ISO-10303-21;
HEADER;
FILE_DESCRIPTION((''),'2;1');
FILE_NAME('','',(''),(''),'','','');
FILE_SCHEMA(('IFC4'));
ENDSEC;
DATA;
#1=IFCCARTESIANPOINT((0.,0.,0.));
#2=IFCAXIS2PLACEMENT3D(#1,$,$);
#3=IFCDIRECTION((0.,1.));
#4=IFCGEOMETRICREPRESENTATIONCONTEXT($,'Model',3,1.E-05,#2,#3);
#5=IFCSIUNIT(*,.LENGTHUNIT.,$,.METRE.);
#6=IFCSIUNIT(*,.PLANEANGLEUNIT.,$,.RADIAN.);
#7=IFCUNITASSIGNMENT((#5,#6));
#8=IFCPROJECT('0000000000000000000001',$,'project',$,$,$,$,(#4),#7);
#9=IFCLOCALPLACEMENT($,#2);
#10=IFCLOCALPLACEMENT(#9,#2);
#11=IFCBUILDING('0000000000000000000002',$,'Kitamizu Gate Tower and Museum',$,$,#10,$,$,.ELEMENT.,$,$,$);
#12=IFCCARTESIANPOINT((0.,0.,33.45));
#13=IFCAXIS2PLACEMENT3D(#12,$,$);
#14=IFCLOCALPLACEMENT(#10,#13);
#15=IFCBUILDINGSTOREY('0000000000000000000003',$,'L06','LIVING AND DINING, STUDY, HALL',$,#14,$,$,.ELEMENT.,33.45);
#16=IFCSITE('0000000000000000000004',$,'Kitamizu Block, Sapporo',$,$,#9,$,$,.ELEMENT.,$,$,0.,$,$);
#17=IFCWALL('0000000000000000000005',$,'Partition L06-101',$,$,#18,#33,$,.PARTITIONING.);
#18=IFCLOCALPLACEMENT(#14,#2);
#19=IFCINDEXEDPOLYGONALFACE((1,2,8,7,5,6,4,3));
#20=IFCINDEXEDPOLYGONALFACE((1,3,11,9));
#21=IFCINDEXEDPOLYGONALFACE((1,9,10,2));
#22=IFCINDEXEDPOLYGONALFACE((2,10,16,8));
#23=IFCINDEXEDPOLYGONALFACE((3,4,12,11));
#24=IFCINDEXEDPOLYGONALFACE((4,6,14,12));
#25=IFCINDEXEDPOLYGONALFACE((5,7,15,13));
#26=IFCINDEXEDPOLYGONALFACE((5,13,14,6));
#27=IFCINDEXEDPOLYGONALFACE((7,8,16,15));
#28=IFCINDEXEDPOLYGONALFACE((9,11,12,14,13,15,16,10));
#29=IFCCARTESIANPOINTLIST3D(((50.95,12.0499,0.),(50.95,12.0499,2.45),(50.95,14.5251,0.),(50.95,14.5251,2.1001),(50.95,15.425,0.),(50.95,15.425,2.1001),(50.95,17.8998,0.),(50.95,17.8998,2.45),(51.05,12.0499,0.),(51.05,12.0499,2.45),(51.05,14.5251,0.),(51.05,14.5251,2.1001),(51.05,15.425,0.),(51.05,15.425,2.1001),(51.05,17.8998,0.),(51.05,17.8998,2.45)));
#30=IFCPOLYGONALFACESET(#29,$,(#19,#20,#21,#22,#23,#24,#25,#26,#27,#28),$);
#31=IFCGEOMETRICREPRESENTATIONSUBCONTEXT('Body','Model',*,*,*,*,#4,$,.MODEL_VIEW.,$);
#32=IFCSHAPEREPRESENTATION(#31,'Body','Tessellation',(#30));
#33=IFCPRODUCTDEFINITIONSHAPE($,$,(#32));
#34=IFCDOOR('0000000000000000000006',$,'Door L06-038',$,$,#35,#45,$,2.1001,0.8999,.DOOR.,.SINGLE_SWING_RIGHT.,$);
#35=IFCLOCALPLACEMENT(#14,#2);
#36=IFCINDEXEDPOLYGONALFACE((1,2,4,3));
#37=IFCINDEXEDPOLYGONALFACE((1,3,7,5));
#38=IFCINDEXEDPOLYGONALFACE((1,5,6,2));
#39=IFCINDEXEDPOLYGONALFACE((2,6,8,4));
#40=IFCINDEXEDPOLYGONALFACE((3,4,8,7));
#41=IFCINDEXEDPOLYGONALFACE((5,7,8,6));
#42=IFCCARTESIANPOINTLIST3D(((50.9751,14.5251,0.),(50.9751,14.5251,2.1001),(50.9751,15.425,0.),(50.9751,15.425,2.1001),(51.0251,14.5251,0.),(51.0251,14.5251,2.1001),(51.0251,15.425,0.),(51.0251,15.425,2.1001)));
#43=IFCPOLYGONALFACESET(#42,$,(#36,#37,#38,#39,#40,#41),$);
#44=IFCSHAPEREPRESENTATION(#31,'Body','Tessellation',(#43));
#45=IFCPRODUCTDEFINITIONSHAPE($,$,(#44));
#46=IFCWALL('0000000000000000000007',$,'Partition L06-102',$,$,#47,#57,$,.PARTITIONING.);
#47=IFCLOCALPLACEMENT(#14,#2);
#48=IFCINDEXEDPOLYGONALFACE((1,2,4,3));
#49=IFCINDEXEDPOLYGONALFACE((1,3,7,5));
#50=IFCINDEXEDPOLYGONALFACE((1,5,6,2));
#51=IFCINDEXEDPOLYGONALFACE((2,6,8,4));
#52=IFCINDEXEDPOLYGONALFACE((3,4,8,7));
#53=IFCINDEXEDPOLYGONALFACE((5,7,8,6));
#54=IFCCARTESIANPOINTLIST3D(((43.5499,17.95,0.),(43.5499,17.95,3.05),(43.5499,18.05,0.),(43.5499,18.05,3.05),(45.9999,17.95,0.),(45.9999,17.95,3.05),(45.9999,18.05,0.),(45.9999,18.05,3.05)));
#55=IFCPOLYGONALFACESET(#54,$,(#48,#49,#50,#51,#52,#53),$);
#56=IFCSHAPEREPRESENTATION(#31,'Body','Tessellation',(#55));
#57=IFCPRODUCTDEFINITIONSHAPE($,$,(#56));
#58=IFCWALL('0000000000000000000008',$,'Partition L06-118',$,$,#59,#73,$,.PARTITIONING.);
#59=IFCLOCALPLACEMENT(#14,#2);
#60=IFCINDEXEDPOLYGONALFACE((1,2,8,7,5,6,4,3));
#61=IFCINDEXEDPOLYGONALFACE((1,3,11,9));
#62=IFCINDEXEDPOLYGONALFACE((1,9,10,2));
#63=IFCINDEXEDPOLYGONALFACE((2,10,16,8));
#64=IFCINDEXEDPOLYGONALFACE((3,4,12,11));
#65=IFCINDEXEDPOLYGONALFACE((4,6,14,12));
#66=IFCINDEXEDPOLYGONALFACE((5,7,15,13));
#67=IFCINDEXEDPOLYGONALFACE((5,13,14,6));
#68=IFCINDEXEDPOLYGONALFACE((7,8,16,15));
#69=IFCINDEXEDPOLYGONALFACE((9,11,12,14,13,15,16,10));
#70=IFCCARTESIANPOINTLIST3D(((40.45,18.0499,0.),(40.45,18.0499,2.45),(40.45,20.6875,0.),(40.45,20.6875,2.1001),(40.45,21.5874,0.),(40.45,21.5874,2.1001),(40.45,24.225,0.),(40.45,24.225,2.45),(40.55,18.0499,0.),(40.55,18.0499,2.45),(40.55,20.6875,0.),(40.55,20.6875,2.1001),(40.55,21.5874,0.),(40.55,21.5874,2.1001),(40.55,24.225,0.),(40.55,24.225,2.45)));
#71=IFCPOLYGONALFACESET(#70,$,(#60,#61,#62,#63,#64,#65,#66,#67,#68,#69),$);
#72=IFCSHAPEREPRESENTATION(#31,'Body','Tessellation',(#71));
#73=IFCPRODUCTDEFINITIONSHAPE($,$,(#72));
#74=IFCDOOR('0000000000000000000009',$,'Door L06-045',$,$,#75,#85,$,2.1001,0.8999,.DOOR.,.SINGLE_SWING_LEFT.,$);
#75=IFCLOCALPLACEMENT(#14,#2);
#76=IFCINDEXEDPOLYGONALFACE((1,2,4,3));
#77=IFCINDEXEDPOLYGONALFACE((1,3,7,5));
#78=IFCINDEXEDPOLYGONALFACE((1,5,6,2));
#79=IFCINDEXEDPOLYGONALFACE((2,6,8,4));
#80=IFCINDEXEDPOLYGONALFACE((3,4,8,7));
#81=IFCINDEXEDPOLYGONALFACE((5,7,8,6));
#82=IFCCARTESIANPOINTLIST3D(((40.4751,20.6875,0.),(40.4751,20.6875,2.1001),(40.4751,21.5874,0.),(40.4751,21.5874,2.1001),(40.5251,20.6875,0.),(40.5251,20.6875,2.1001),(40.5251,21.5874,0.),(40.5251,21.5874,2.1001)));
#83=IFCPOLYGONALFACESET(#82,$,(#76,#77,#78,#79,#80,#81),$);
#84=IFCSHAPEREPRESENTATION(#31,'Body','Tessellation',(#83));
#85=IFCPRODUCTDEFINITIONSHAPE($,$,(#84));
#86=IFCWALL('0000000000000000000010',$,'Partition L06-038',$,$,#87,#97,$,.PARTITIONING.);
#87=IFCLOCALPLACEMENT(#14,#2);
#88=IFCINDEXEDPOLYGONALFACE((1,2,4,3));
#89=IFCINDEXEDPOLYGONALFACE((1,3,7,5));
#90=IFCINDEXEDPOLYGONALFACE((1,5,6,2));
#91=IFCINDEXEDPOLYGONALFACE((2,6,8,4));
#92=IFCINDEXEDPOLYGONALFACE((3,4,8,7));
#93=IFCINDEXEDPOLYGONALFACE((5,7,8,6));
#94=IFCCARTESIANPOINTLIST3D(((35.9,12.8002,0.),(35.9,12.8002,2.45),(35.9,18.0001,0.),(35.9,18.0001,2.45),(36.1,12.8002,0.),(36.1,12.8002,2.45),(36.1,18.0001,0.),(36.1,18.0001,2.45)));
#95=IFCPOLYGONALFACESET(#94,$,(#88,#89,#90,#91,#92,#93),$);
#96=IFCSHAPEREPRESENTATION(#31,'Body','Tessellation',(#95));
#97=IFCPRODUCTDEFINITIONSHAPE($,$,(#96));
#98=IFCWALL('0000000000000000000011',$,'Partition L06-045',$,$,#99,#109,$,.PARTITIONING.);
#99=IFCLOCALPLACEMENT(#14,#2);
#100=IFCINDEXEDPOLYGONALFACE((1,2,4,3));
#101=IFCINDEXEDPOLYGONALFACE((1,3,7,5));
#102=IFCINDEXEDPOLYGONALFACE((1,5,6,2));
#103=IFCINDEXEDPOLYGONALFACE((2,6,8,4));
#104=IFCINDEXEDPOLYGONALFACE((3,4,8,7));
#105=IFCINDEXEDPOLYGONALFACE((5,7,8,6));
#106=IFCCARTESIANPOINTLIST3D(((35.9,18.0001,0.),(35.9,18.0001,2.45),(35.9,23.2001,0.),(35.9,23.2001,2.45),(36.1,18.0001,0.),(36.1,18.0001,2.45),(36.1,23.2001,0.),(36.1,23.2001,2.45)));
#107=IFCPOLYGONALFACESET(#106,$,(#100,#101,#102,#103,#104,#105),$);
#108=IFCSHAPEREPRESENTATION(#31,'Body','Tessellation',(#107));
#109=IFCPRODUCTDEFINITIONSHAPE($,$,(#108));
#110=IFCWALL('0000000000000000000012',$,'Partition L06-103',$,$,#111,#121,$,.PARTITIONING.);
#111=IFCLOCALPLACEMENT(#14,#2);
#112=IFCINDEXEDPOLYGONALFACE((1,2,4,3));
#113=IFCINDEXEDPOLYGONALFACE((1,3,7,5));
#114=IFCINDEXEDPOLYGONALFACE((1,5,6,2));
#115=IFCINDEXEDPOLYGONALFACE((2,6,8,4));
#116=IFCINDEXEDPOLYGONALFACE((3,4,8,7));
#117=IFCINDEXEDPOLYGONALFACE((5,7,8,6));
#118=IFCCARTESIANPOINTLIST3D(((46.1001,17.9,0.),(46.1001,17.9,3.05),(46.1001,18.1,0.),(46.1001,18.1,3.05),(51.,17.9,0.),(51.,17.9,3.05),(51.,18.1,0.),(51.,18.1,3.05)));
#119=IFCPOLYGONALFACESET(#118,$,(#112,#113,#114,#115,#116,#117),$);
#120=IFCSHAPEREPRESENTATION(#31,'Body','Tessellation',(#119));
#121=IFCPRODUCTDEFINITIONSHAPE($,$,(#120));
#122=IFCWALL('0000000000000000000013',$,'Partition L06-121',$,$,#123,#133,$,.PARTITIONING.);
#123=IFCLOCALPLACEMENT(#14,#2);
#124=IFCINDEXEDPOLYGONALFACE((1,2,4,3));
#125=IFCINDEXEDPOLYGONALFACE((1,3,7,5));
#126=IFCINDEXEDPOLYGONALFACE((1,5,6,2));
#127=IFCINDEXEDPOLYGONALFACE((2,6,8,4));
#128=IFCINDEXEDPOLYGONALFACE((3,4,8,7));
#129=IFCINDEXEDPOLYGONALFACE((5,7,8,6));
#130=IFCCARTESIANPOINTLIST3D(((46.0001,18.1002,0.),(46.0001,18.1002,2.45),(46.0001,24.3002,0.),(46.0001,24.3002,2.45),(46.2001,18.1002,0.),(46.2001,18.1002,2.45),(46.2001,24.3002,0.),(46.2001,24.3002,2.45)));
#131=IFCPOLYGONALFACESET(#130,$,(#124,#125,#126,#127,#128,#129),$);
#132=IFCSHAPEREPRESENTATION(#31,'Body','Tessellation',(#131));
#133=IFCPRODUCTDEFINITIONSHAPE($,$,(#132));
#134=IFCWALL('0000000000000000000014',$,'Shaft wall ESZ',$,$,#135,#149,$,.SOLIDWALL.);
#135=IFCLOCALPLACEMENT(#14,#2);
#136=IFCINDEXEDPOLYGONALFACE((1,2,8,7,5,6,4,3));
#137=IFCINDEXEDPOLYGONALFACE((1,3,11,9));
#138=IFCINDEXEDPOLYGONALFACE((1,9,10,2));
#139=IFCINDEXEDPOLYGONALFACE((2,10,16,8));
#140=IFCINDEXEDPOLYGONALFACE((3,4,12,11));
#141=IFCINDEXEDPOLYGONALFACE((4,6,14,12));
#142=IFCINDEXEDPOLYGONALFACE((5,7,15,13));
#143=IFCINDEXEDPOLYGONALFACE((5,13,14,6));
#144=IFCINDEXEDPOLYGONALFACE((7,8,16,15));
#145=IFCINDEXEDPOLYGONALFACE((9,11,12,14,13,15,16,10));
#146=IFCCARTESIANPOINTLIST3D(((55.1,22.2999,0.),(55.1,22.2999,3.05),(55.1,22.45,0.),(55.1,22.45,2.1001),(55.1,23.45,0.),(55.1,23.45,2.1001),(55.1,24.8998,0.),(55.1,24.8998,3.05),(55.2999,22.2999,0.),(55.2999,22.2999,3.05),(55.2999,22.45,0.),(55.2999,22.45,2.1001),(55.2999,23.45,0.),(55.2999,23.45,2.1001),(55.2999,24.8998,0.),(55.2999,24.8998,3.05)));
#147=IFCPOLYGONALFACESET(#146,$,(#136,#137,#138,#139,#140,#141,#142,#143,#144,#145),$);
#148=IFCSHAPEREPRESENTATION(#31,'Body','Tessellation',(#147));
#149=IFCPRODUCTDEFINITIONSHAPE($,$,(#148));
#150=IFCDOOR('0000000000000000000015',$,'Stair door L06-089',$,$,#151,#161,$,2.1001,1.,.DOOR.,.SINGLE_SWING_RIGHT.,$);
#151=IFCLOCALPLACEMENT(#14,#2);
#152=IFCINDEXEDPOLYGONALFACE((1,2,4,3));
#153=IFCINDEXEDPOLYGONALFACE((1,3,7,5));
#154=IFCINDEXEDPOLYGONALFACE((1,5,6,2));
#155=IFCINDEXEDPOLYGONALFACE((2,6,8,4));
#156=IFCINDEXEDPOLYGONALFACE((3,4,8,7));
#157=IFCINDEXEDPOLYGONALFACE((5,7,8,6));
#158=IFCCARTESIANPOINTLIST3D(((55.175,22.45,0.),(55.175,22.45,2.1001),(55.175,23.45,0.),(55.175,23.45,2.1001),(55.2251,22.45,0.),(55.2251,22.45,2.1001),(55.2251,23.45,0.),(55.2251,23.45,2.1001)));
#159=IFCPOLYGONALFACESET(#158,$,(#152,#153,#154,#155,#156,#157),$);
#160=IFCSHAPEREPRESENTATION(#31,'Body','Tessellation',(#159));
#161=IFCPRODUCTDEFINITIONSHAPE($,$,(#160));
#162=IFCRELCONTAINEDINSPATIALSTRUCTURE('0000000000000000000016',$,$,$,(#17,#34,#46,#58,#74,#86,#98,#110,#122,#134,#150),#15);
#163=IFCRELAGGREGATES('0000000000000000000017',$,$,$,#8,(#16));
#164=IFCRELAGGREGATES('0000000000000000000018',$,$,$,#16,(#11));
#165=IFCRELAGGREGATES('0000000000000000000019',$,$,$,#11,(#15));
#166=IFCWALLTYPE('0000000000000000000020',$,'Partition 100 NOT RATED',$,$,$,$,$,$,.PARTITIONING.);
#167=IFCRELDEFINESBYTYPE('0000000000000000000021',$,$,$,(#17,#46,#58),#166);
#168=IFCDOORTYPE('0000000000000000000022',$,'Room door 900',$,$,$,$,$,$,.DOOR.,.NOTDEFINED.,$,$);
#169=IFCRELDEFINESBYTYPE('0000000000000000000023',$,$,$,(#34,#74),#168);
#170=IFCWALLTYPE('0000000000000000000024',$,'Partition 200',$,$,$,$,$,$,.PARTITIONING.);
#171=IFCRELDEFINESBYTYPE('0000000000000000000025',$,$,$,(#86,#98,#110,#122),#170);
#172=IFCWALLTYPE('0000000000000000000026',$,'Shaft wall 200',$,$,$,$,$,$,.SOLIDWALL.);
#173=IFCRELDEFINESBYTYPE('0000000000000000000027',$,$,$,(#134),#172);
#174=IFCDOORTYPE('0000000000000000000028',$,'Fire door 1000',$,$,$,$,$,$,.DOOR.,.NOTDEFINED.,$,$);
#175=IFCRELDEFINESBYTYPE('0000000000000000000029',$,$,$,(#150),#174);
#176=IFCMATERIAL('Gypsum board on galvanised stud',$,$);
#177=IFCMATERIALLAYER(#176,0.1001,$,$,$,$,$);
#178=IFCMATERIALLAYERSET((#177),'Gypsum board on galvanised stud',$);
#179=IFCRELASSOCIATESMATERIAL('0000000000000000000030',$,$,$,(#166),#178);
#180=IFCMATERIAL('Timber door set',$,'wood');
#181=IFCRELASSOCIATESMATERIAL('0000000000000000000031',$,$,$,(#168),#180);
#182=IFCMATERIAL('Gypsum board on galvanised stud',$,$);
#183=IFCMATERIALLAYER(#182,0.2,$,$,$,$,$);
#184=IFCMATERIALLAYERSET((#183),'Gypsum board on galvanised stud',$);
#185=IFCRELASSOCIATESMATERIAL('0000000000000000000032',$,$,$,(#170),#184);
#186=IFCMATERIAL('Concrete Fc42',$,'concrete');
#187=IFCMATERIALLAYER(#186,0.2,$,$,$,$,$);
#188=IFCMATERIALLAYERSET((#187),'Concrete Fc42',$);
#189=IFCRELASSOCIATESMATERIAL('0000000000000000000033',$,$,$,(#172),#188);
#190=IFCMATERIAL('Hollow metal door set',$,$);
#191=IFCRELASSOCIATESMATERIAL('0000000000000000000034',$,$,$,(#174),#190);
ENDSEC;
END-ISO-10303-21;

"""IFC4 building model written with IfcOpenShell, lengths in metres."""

from ifc_helpers import new_model, si_unit, direction, frame, frame_2d, origin, place, context, subcontext, project, spatial, rectangle, extrude, material, layer, layer_set, type_object, element, fill, save


model = new_model("IFC4")

# Units and contexts
model_context = context("Model", 3, precision=1e-05, world=origin(), true_north=direction((0.0, 1.0)))
body_context = subcontext(model_context, "Body", "Model", "MODEL_VIEW")
ifc_project = project(units=[si_unit("LENGTHUNIT", "METRE"), si_unit("PLANEANGLEUNIT", "RADIAN")], contexts=[model_context])

# Site, building, storey
site_placement = place(None, origin())
site = spatial("IfcSite", under=ifc_project, at=site_placement, Name="Kitamizu Block, Sapporo", CompositionType="ELEMENT", RefElevation=0.0)
building_placement = place(site_placement, origin())
building = spatial("IfcBuilding", under=site, at=building_placement, Name="Kitamizu Gate Tower and Museum", CompositionType="ELEMENT")
storey_placement = place(building_placement, frame((0.0, 0.0, 33.45)))
storey = spatial("IfcBuildingStorey", under=building, at=storey_placement, Name="L06", Description="LIVING AND DINING, STUDY, HALL", CompositionType="ELEMENT", Elevation=33.45)

# Shared definitions
ifc_material_1 = material(Name="Gypsum board on galvanised stud")
ifc_layer_1 = layer(ifc_material_1, 0.1001)
ifc_layer_set_1 = layer_set([ifc_layer_1], Name="Gypsum board on galvanised stud")
wall_type_1 = type_object("IfcWallType", Name="Partition 100 NOT RATED", PredefinedType="PARTITIONING", material=ifc_layer_set_1)

# Shared definitions
ifc_material_2 = material(Name="Timber door set", Category="wood")
door_type_1 = type_object("IfcDoorType", Name="Room door 900", OperationType="NOTDEFINED", PredefinedType="DOOR", material=ifc_material_2)

# Wall, opening, door
wall_1_placement = place(storey_placement, frame((51.0, 12.05, 0.0), z_axis=(0.0, 0.0, 1.0), x_axis=(0.0, 1.0, 0.0)))
wall_1 = element("IfcWall", 1, at=wall_1_placement, inside=storey, type_object=wall_type_1, Name="Partition L06-101", PredefinedType="PARTITIONING", context=body_context, shape_type="SweptSolid", body=[
    extrude(rectangle(XDim=5.8499, YDim=0.1001, at=frame_2d((2.9248, 0.0))), origin(), (0.0, 0.0, 1.0), 2.45),
])
opening_1_placement = place(wall_1_placement, frame((2.4751, 0.0, 0.0)))
opening_1 = element("IfcOpeningElement", 2, at=opening_1_placement, cuts=wall_1, PredefinedType="OPENING", context=body_context, shape_type="SweptSolid", body=[
    extrude(rectangle(XDim=0.8999, YDim=2.1001, at=frame_2d((0.45, 1.05))), frame((0.0, 0.0601, 0.0), z_axis=(0.0, -1.0, 0.0), x_axis=(1.0, 0.0, 0.0)), (0.0, 0.0, 1.0), 0.1201),
])
door_1_placement = place(opening_1_placement, origin())
door_1 = element("IfcDoor", 3, at=door_1_placement, inside=storey, type_object=door_type_1, Name="Door L06-038", OperationType="SINGLE_SWING_RIGHT", OverallHeight=2.1001, OverallWidth=0.8999, PredefinedType="DOOR", context=body_context, shape_type="SweptSolid", body=[
    extrude(rectangle(XDim=0.8999, YDim=2.1001, at=frame_2d((0.45, 1.05))), frame((0.0, 0.0249, 0.0), z_axis=(0.0, -1.0, 0.0), x_axis=(1.0, 0.0, 0.0)), (0.0, 0.0, 1.0), 0.05),
])
fill(opening_1, door_1)

# Wall
wall_2_placement = place(storey_placement, frame((46.0, 18.0, 0.0), z_axis=(0.0, 0.0, 1.0), x_axis=(-1.0, 0.0, 0.0)))
element("IfcWall", 4, at=wall_2_placement, inside=storey, type_object=wall_type_1, Name="Partition L06-102", PredefinedType="PARTITIONING", context=body_context, shape_type="SweptSolid", body=[
    extrude(rectangle(XDim=2.45, YDim=0.1001, at=frame_2d((1.2251, 0.0))), origin(), (0.0, 0.0, 1.0), 3.05),
])

# Wall, opening, door
wall_3_placement = place(storey_placement, frame((40.5, 18.05, 0.0), z_axis=(0.0, 0.0, 1.0), x_axis=(0.0, 1.0, 0.0)))
wall_3 = element("IfcWall", 5, at=wall_3_placement, inside=storey, type_object=wall_type_1, Name="Partition L06-118", PredefinedType="PARTITIONING", context=body_context, shape_type="SweptSolid", body=[
    extrude(rectangle(XDim=6.175, YDim=0.1001, at=frame_2d((3.0874, 0.0))), origin(), (0.0, 0.0, 1.0), 2.45),
])
opening_2_placement = place(wall_3_placement, frame((2.6375, 0.0, 0.0)))
opening_2 = element("IfcOpeningElement", 6, at=opening_2_placement, cuts=wall_3, PredefinedType="OPENING", context=body_context, shape_type="SweptSolid", body=[
    extrude(rectangle(XDim=0.8999, YDim=2.1001, at=frame_2d((0.45, 1.05))), frame((0.0, 0.0601, 0.0), z_axis=(0.0, -1.0, 0.0), x_axis=(1.0, 0.0, 0.0)), (0.0, 0.0, 1.0), 0.1201),
])
door_2_placement = place(opening_2_placement, origin())
door_2 = element("IfcDoor", 7, at=door_2_placement, inside=storey, type_object=door_type_1, Name="Door L06-045", OperationType="SINGLE_SWING_LEFT", OverallHeight=2.1001, OverallWidth=0.8999, PredefinedType="DOOR", context=body_context, shape_type="SweptSolid", body=[
    extrude(rectangle(XDim=0.8999, YDim=2.1001, at=frame_2d((0.45, 1.05))), frame((0.0, 0.0249, 0.0), z_axis=(0.0, -1.0, 0.0), x_axis=(1.0, 0.0, 0.0)), (0.0, 0.0, 1.0), 0.05),
])
fill(opening_2, door_2)

# Walls
ifc_material_3 = material(Name="Gypsum board on galvanised stud")
ifc_layer_2 = layer(ifc_material_3, 0.2)
ifc_layer_set_2 = layer_set([ifc_layer_2], Name="Gypsum board on galvanised stud")
wall_type_2 = type_object("IfcWallType", Name="Partition 200", PredefinedType="PARTITIONING", material=ifc_layer_set_2)
for number, where, z_axis, x_axis, name in (
    (8, (36.0, 12.8, 0.0), (0.0, 0.0, 1.0), (0.0, 1.0, 0.0), "Partition L06-038"),
    (9, (36.0, 18.0, 0.0), (0.0, 0.0, 1.0), (0.0, 1.0, 0.0), "Partition L06-045"),
):
    element("IfcWall", number, at=place(storey_placement, frame(where, z_axis=z_axis, x_axis=x_axis)), inside=storey, type_object=wall_type_2, Name=name, PredefinedType="PARTITIONING", context=body_context, shape_type="SweptSolid", body=[
        extrude(rectangle(XDim=5.2, YDim=0.2, at=frame_2d((2.6001, 0.0))), origin(), (0.0, 0.0, 1.0), 2.45),
    ])
wall_4_placement = place(storey_placement, frame((51.0, 18.0, 0.0), z_axis=(0.0, 0.0, 1.0), x_axis=(-1.0, 0.0, 0.0)))
element("IfcWall", 10, at=wall_4_placement, inside=storey, type_object=wall_type_2, Name="Partition L06-103", PredefinedType="PARTITIONING", context=body_context, shape_type="SweptSolid", body=[
    extrude(rectangle(XDim=4.8999, YDim=0.2, at=frame_2d((2.45, 0.0))), origin(), (0.0, 0.0, 1.0), 3.05),
])
wall_5_placement = place(storey_placement, frame((46.1001, 18.1001, 0.0), z_axis=(0.0, 0.0, 1.0), x_axis=(0.0, 1.0, 0.0)))
element("IfcWall", 11, at=wall_5_placement, inside=storey, type_object=wall_type_2, Name="Partition L06-121", PredefinedType="PARTITIONING", context=body_context, shape_type="SweptSolid", body=[
    extrude(rectangle(XDim=6.2, YDim=0.2, at=frame_2d((3.1001, 0.0))), origin(), (0.0, 0.0, 1.0), 2.45),
])

# Wall, opening, door
ifc_material_4 = material(Name="Concrete Fc42", Category="concrete")
ifc_layer_3 = layer(ifc_material_4, 0.2)
ifc_layer_set_3 = layer_set([ifc_layer_3], Name="Concrete Fc42")
wall_type_3 = type_object("IfcWallType", Name="Shaft wall 200", PredefinedType="SOLIDWALL", material=ifc_layer_set_3)
wall_6_placement = place(storey_placement, frame((55.2, 22.3, 0.0), z_axis=(0.0, 0.0, 1.0), x_axis=(0.0, 1.0, 0.0)))
wall_6 = element("IfcWall", 12, at=wall_6_placement, inside=storey, type_object=wall_type_3, Name="Shaft wall ESZ", PredefinedType="SOLIDWALL", context=body_context, shape_type="SweptSolid", body=[
    extrude(rectangle(XDim=2.5999, YDim=0.2, at=frame_2d((1.2998, 0.0))), origin(), (0.0, 0.0, 1.0), 3.05),
])
opening_3_placement = place(wall_6_placement, frame((0.1499, 0.0, 0.0)))
opening_3 = element("IfcOpeningElement", 13, at=opening_3_placement, cuts=wall_6, PredefinedType="OPENING", context=body_context, shape_type="SweptSolid", body=[
    extrude(rectangle(XDim=1.0, YDim=2.1001, at=frame_2d((0.5, 1.05))), frame((0.0, 0.1099, 0.0), z_axis=(0.0, -1.0, 0.0), x_axis=(1.0, 0.0, 0.0)), (0.0, 0.0, 1.0), 0.22),
])
ifc_material_5 = material(Name="Hollow metal door set")
door_type_2 = type_object("IfcDoorType", Name="Fire door 1000", OperationType="NOTDEFINED", PredefinedType="DOOR", material=ifc_material_5)
door_3_placement = place(opening_3_placement, origin())
door_3 = element("IfcDoor", 14, at=door_3_placement, inside=storey, type_object=door_type_2, Name="Stair door L06-089", OperationType="SINGLE_SWING_RIGHT", OverallHeight=2.1001, OverallWidth=1.0, PredefinedType="DOOR", context=body_context, shape_type="SweptSolid", body=[
    extrude(rectangle(XDim=1.0, YDim=2.1001, at=frame_2d((0.5, 1.05))), frame((0.0, 0.0249, 0.0), z_axis=(0.0, -1.0, 0.0), x_axis=(1.0, 0.0, 0.0)), (0.0, 0.0, 1.0), 0.05),
])
fill(opening_3, door_3)

save(model, "model.ifc")
